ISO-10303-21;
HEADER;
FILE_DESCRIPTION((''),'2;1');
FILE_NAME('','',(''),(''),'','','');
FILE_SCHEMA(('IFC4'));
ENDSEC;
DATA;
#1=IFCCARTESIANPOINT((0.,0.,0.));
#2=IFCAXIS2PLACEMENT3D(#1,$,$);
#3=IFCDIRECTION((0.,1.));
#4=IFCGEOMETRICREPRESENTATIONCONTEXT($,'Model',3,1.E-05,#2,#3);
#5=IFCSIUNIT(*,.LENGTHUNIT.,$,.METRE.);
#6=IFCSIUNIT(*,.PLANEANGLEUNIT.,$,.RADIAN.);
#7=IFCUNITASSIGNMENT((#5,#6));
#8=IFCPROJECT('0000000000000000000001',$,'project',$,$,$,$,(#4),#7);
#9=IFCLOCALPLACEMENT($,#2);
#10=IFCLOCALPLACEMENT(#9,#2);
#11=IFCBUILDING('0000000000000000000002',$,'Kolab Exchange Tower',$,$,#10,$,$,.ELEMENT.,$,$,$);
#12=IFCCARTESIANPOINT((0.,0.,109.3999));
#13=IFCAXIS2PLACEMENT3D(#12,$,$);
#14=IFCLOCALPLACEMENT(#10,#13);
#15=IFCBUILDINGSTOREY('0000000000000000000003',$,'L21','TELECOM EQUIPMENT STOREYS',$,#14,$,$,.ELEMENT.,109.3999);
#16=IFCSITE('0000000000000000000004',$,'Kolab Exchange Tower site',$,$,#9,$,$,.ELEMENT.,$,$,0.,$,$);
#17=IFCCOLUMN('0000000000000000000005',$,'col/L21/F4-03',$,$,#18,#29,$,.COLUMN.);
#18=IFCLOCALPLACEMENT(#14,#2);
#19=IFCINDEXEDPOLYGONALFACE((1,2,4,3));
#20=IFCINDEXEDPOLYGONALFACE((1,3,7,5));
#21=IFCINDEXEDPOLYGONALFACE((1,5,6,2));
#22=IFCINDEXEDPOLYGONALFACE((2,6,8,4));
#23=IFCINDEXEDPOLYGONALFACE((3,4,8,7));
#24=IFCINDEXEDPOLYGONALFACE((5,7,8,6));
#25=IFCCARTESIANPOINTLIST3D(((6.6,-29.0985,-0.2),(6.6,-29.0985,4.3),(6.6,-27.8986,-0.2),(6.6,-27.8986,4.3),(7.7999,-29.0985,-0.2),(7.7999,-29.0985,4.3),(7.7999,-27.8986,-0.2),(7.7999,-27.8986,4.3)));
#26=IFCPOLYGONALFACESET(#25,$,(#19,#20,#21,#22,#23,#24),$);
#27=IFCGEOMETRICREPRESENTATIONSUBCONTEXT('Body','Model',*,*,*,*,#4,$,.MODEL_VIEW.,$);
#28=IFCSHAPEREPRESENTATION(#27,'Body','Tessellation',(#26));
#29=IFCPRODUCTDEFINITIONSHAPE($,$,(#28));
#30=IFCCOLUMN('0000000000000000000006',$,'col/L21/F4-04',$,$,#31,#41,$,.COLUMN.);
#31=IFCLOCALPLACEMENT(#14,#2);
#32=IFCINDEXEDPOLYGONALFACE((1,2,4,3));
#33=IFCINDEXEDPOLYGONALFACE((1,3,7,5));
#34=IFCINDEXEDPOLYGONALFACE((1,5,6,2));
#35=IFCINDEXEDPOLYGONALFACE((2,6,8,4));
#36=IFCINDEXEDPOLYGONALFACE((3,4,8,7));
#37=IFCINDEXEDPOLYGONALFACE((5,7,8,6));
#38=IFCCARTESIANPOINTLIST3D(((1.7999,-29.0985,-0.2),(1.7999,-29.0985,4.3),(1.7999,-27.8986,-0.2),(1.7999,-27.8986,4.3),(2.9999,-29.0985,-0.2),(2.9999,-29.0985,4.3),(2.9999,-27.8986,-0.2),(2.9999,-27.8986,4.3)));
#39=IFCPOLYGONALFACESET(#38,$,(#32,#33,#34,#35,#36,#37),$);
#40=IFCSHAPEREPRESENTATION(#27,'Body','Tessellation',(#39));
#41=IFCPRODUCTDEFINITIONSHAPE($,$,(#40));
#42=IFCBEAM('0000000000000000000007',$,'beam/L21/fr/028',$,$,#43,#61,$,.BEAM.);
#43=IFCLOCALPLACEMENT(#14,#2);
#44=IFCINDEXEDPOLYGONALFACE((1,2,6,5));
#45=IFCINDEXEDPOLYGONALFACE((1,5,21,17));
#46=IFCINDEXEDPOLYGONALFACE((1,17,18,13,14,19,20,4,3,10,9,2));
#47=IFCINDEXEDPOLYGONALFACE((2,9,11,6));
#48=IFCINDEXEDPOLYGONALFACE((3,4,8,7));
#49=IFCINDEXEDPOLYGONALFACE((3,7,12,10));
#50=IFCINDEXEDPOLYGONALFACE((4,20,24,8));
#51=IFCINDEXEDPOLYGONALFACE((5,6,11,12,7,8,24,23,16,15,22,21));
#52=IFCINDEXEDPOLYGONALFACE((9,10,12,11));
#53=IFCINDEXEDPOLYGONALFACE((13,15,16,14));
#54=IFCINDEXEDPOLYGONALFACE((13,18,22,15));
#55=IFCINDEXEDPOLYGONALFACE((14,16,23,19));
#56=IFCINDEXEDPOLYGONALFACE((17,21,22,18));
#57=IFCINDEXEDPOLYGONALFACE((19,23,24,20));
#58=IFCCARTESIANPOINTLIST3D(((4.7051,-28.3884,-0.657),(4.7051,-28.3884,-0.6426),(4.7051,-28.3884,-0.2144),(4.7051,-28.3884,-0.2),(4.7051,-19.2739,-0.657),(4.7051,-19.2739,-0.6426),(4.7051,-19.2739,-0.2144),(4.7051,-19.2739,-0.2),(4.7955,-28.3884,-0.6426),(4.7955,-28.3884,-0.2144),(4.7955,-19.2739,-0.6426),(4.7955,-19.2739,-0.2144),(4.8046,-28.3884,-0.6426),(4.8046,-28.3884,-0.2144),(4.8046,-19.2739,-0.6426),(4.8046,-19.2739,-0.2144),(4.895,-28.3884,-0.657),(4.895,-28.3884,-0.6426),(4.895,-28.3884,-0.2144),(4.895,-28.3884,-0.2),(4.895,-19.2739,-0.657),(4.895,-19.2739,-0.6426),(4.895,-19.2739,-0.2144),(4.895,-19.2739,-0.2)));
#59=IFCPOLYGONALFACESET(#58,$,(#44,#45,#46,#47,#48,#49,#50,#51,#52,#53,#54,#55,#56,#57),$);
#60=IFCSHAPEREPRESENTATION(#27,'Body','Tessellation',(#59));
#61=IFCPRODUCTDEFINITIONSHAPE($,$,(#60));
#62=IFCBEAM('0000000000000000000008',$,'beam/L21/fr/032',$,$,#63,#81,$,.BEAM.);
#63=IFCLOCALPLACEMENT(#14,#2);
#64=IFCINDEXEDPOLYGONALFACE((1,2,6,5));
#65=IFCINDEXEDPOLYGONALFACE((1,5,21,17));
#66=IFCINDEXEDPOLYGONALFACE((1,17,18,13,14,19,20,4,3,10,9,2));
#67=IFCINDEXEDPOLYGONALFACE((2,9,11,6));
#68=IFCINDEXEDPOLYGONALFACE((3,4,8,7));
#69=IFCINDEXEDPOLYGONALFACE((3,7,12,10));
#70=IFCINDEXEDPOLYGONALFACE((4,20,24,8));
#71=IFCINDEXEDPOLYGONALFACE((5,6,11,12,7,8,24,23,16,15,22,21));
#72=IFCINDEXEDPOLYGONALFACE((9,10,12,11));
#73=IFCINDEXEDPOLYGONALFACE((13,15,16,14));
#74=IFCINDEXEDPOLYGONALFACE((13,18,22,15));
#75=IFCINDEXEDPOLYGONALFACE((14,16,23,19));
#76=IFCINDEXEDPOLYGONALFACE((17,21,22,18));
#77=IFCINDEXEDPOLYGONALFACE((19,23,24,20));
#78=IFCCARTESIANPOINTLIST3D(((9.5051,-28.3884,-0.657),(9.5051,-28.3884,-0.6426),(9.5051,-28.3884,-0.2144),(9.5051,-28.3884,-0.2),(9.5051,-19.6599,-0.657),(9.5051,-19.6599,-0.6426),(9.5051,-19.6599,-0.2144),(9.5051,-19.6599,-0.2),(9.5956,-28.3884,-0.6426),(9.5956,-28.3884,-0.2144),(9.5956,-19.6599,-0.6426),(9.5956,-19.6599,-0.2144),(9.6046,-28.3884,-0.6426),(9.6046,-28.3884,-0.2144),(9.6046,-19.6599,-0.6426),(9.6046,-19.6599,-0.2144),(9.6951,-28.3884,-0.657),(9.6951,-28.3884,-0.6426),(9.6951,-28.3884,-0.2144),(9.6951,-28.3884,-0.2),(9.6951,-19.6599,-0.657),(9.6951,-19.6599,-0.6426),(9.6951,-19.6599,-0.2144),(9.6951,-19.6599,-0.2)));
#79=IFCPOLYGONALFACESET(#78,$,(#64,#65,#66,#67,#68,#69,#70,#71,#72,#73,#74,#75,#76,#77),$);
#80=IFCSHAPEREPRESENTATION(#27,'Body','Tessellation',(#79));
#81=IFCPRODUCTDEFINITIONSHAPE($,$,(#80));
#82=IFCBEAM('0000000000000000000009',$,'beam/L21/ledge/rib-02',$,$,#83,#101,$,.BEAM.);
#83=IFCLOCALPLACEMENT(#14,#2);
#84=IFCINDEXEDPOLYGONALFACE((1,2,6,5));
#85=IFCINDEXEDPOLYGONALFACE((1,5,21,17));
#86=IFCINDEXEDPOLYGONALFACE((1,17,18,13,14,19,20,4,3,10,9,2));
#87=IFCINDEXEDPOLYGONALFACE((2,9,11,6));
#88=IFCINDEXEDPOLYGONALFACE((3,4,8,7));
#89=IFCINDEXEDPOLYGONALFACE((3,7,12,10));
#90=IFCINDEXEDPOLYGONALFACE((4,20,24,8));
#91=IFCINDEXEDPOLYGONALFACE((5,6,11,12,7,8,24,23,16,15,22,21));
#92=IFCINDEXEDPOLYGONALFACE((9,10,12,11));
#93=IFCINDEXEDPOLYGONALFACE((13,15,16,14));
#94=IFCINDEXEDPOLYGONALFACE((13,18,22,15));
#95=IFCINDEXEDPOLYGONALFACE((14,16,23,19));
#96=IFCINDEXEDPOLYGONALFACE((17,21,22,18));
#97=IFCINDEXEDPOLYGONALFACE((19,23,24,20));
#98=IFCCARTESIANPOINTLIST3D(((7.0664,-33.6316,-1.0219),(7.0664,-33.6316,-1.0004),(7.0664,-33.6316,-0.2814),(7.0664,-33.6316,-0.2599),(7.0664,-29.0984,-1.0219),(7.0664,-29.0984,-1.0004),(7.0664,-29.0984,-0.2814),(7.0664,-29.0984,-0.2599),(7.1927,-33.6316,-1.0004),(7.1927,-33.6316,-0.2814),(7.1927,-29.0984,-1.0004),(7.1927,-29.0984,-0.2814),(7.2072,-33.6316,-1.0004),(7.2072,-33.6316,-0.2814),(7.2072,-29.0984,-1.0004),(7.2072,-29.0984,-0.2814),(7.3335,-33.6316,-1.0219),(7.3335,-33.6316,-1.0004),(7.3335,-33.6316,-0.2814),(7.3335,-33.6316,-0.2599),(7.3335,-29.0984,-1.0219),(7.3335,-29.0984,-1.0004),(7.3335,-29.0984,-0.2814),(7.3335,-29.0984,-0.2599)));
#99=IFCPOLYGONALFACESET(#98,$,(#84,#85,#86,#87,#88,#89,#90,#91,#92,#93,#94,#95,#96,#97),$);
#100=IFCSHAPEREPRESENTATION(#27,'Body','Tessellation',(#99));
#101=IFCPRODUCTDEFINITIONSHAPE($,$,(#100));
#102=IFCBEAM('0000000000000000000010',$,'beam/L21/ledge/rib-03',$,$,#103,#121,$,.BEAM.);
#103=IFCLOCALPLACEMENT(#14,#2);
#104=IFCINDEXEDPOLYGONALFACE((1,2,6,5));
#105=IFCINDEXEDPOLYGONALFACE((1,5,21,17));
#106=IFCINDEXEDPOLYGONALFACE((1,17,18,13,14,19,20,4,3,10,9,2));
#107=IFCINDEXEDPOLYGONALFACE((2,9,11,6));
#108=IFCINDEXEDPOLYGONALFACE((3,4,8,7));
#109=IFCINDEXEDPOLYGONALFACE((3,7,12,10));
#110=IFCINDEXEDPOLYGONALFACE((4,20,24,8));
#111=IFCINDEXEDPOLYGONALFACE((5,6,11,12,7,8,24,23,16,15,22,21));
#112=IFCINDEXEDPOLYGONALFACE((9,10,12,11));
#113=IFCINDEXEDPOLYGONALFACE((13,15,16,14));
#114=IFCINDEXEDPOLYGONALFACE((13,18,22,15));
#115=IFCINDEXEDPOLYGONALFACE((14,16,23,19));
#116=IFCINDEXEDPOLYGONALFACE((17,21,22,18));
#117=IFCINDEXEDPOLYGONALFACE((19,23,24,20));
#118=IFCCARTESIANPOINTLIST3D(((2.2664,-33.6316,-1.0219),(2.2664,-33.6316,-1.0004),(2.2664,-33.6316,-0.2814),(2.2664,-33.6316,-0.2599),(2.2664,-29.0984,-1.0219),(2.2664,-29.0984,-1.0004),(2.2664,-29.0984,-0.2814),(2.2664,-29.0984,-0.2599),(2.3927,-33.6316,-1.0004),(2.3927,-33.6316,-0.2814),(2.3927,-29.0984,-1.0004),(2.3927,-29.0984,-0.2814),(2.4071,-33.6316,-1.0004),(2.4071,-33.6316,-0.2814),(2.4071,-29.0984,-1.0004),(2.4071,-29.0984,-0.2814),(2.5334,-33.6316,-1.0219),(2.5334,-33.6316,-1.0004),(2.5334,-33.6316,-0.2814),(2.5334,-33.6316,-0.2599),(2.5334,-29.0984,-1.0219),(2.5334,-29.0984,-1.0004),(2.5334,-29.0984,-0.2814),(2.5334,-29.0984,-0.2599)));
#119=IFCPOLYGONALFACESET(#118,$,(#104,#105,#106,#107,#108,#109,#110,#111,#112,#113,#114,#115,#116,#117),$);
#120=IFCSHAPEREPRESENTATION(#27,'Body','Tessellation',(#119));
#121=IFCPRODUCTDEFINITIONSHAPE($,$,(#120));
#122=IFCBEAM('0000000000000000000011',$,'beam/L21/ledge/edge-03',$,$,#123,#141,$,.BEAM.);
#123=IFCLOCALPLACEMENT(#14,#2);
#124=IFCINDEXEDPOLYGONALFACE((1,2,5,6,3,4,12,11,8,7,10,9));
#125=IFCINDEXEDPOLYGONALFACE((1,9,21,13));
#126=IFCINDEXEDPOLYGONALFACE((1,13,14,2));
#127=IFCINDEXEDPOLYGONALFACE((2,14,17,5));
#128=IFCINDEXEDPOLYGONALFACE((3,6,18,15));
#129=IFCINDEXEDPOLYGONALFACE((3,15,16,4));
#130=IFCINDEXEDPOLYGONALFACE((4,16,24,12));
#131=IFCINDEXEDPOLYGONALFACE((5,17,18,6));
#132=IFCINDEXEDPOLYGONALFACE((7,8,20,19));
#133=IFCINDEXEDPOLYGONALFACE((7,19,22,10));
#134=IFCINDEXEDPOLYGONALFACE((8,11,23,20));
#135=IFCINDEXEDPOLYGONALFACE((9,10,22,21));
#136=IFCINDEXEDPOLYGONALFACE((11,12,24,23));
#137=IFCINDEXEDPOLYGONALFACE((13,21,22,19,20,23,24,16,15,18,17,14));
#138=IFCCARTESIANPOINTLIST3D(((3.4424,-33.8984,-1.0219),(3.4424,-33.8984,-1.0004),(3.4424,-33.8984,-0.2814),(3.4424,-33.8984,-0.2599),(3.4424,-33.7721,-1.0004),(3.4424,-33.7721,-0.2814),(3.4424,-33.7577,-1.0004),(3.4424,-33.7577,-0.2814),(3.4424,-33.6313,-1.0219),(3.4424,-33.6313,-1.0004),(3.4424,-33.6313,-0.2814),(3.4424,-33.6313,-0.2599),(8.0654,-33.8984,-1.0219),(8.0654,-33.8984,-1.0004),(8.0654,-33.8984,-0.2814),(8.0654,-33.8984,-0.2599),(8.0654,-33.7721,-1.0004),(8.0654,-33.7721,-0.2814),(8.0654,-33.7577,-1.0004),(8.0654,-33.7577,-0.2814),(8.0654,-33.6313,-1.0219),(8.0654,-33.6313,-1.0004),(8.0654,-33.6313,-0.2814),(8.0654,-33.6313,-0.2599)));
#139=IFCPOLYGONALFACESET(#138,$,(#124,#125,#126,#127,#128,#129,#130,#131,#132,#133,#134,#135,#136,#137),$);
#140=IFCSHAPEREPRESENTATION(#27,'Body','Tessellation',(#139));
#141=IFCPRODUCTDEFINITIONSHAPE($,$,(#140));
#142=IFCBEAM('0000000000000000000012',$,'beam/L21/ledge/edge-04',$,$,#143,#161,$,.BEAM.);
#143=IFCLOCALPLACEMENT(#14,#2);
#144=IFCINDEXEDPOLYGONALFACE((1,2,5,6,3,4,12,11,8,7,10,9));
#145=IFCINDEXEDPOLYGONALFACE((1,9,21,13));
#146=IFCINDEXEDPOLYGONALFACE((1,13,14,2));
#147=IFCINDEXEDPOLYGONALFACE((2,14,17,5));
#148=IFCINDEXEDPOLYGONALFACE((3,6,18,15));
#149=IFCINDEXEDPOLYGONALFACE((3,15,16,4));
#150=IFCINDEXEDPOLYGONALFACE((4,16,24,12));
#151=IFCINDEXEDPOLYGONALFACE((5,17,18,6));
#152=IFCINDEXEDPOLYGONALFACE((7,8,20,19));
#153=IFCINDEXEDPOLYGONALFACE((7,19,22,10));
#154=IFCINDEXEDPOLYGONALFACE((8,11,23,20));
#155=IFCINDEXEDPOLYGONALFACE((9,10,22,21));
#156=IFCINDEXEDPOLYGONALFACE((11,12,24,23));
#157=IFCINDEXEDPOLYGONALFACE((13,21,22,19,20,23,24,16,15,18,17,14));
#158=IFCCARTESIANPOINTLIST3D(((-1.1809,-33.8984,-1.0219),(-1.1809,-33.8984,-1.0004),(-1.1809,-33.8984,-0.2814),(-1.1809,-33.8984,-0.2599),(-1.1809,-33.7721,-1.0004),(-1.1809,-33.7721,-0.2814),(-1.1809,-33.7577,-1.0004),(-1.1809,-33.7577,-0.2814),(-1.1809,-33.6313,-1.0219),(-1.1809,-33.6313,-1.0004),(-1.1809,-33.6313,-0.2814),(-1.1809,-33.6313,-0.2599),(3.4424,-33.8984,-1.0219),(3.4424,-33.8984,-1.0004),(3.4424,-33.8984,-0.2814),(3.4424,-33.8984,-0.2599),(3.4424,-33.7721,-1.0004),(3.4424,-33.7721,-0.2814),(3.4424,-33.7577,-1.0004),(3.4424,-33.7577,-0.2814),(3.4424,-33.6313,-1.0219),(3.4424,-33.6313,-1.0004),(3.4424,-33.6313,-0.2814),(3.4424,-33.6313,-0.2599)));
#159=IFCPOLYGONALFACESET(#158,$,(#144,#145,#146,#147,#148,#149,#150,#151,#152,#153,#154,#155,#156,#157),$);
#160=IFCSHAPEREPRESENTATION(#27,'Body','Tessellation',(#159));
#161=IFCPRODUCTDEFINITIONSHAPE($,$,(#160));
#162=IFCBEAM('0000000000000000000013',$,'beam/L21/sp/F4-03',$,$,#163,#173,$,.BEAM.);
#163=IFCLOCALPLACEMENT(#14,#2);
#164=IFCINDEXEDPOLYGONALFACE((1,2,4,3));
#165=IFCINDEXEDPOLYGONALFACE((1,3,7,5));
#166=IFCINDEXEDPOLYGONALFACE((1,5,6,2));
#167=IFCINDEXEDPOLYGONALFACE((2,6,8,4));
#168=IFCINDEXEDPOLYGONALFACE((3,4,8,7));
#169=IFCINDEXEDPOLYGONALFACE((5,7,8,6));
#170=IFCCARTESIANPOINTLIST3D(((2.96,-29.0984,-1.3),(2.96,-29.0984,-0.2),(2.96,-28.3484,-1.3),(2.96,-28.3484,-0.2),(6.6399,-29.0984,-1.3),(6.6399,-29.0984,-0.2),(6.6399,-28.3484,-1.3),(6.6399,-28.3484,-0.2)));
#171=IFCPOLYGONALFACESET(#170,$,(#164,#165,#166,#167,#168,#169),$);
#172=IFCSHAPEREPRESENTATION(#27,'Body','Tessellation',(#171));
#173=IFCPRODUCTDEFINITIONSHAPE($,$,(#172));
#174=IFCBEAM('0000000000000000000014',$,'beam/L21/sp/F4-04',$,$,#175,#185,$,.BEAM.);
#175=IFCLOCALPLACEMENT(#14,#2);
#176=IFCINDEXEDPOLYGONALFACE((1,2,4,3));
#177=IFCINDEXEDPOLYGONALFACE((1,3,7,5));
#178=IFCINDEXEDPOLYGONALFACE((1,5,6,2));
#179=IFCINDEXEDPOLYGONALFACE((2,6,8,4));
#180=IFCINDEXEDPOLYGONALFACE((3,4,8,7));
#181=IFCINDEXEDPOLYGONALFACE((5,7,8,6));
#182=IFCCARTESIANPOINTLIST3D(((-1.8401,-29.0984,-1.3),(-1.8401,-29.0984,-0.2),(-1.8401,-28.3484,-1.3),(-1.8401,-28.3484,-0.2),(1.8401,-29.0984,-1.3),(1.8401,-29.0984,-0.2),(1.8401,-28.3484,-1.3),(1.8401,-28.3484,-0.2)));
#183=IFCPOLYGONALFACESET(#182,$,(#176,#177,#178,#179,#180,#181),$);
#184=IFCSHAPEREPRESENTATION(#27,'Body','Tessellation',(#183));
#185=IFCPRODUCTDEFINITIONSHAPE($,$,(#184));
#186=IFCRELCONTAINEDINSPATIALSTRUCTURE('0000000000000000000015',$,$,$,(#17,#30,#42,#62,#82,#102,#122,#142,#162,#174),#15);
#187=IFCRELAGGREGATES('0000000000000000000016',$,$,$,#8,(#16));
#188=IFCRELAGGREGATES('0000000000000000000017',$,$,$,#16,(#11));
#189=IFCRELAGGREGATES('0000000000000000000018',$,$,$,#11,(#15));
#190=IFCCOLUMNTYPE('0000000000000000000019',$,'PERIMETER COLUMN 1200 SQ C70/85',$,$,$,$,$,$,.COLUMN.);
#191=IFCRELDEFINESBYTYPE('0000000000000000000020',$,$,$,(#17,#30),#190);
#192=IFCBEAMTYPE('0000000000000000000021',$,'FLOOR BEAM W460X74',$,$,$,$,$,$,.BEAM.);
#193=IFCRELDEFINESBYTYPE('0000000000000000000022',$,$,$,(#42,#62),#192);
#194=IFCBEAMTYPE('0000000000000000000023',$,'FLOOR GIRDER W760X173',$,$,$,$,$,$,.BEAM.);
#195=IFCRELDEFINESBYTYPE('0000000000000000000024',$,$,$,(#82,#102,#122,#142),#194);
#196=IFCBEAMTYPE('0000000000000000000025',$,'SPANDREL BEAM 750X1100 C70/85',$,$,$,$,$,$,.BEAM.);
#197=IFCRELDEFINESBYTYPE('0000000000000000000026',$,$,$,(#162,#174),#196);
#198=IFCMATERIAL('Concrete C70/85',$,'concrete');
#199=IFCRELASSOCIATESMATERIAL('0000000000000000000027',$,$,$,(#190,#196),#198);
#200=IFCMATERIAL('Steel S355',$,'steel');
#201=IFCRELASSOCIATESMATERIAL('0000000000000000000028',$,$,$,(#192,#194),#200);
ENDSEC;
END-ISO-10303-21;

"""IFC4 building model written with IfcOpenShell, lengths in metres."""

from ifc_helpers import new_model, si_unit, direction, frame, origin, origin_2d, place, context, subcontext, project, spatial, rectangle, i_section, extrude, material, material_profile, profile_set, type_object, element, save


model = new_model("IFC4")

# Units and contexts
model_context = context("Model", 3, precision=1e-05, world=origin(), true_north=direction((0.0, 1.0)))
body_context = subcontext(model_context, "Body", "Model", "MODEL_VIEW")
ifc_project = project(units=[si_unit("LENGTHUNIT", "METRE"), si_unit("PLANEANGLEUNIT", "RADIAN")], contexts=[model_context])

# Site, building, storey
site_placement = place(None, origin())
site = spatial("IfcSite", under=ifc_project, at=site_placement, Name="Kolab Exchange Tower site", CompositionType="ELEMENT", RefElevation=0.0)
building_placement = place(site_placement, origin())
building = spatial("IfcBuilding", under=site, at=building_placement, Name="Kolab Exchange Tower", CompositionType="ELEMENT")
storey_placement = place(building_placement, frame((0.0, 0.0, 109.3999)))
storey = spatial("IfcBuildingStorey", under=building, at=storey_placement, Name="L21", Description="TELECOM EQUIPMENT STOREYS", CompositionType="ELEMENT", Elevation=109.3999)

# Columns
ifc_material_1 = material(Name="Concrete C70/85", Category="concrete")
ifc_material_profile_1 = material_profile(ifc_material_1, rectangle(XDim=1.2, YDim=1.2, at=origin_2d()), Name="RC1200")
ifc_profile_set_1 = profile_set([ifc_material_profile_1], Name="Concrete C70/85")
column_type = type_object("IfcColumnType", Name="PERIMETER COLUMN 1200 SQ C70/85", PredefinedType="COLUMN", material=ifc_profile_set_1)
for number, where, z_axis, x_axis, name in (
    (1, (7.2, -28.4985, -0.2), (0.0, 0.0, 1.0), (1.0, 0.0, 0.0), "col/L21/F4-03"),
    (2, (2.3999, -28.4985, -0.2), (0.0, 0.0, 1.0), (1.0, 0.0, 0.0), "col/L21/F4-04"),
):
    element("IfcColumn", number, at=place(storey_placement, frame(where, z_axis=z_axis, x_axis=x_axis)), inside=storey, type_object=column_type, Name=name, PredefinedType="COLUMN", context=body_context, shape_type="SweptSolid", body=[
        extrude(rectangle(XDim=1.2, YDim=1.2, at=origin_2d()), origin(), (0.0, 0.0, 1.0), 4.5),
    ])

# Beams
ifc_material_2 = material(Name="Steel S355", Category="steel")
ifc_material_profile_2 = material_profile(ifc_material_2, i_section(OverallWidth=0.1899, OverallDepth=0.457, WebThickness=0.009, FlangeThickness=0.0144, at=origin_2d()), Name="W460X74")
ifc_profile_set_2 = profile_set([ifc_material_profile_2], Name="Steel S355")
beam_type_1 = type_object("IfcBeamType", Name="FLOOR BEAM W460X74", PredefinedType="BEAM", material=ifc_profile_set_2)
beam_1_placement = place(storey_placement, frame((4.8, -28.3884, -0.4285), z_axis=(0.0, 1.0, 0.0), x_axis=(-1.0, 0.0, 0.0)))
element("IfcBeam", 3, at=beam_1_placement, inside=storey, type_object=beam_type_1, Name="beam/L21/fr/028", PredefinedType="BEAM", context=body_context, shape_type="SweptSolid", body=[
    extrude(i_section(OverallWidth=0.1899, OverallDepth=0.457, WebThickness=0.009, FlangeThickness=0.0144, at=origin_2d()), origin(), (0.0, 0.0, 1.0), 9.1145),
])
beam_2_placement = place(storey_placement, frame((9.6001, -28.3884, -0.4285), z_axis=(0.0, 1.0, 0.0), x_axis=(-1.0, 0.0, 0.0)))
element("IfcBeam", 4, at=beam_2_placement, inside=storey, type_object=beam_type_1, Name="beam/L21/fr/032", PredefinedType="BEAM", context=body_context, shape_type="SweptSolid", body=[
    extrude(i_section(OverallWidth=0.1899, OverallDepth=0.457, WebThickness=0.009, FlangeThickness=0.0144, at=origin_2d()), origin(), (0.0, 0.0, 1.0), 8.7285),
])
ifc_material_profile_3 = material_profile(ifc_material_2, i_section(OverallWidth=0.2671, OverallDepth=0.762, WebThickness=0.0144, FlangeThickness=0.0215, at=origin_2d()), Name="W760X173")
ifc_profile_set_3 = profile_set([ifc_material_profile_3], Name="Steel S355")
beam_type_2 = type_object("IfcBeamType", Name="FLOOR GIRDER W760X173", PredefinedType="BEAM", material=ifc_profile_set_3)
for number, where, z_axis, x_axis, name in (
    (5, (7.2, -29.0984, -0.6409), (0.0, -1.0, 0.0), (1.0, 0.0, 0.0), "beam/L21/ledge/rib-02"),
    (6, (2.3999, -29.0984, -0.6409), (0.0, -1.0, 0.0), (1.0, 0.0, 0.0), "beam/L21/ledge/rib-03"),
):
    element("IfcBeam", number, at=place(storey_placement, frame(where, z_axis=z_axis, x_axis=x_axis)), inside=storey, type_object=beam_type_2, Name=name, PredefinedType="BEAM", context=body_context, shape_type="SweptSolid", body=[
        extrude(i_section(OverallWidth=0.2671, OverallDepth=0.762, WebThickness=0.0144, FlangeThickness=0.0215, at=origin_2d()), origin(), (0.0, 0.0, 1.0), 4.5332),
    ])
beam_3_placement = place(storey_placement, frame((8.0654, -33.7649, -0.6409), z_axis=(-1.0, 0.0, 0.0), x_axis=(0.0, -1.0, 0.0)))
element("IfcBeam", 7, at=beam_3_placement, inside=storey, type_object=beam_type_2, Name="beam/L21/ledge/edge-03", PredefinedType="BEAM", context=body_context, shape_type="SweptSolid", body=[
    extrude(i_section(OverallWidth=0.2671, OverallDepth=0.762, WebThickness=0.0144, FlangeThickness=0.0215, at=origin_2d()), origin(), (0.0, 0.0, 1.0), 4.623),
])
beam_4_placement = place(storey_placement, frame((3.4424, -33.7649, -0.6409), z_axis=(-1.0, 0.0, 0.0), x_axis=(0.0, -1.0, 0.0)))
element("IfcBeam", 8, at=beam_4_placement, inside=storey, type_object=beam_type_2, Name="beam/L21/ledge/edge-04", PredefinedType="BEAM", context=body_context, shape_type="SweptSolid", body=[
    extrude(i_section(OverallWidth=0.2671, OverallDepth=0.762, WebThickness=0.0144, FlangeThickness=0.0215, at=origin_2d()), origin(), (0.0, 0.0, 1.0), 4.6233),
])
ifc_material_profile_4 = material_profile(ifc_material_1, rectangle(XDim=0.75, YDim=1.1001, at=origin_2d()), Name="RC750X1100")
ifc_profile_set_4 = profile_set([ifc_material_profile_4], Name="Concrete C70/85")
beam_type_3 = type_object("IfcBeamType", Name="SPANDREL BEAM 750X1100 C70/85", PredefinedType="BEAM", material=ifc_profile_set_4)
beam_5_placement = place(storey_placement, frame((6.6399, -28.7234, -0.75), z_axis=(-1.0, 0.0, 0.0), x_axis=(0.0, -1.0, 0.0)))
element("IfcBeam", 9, at=beam_5_placement, inside=storey, type_object=beam_type_3, Name="beam/L21/sp/F4-03", PredefinedType="BEAM", context=body_context, shape_type="SweptSolid", body=[
    extrude(rectangle(XDim=0.75, YDim=1.1001, at=origin_2d()), origin(), (0.0, 0.0, 1.0), 3.6799),
])
beam_6_placement = place(storey_placement, frame((1.8401, -28.7234, -0.75), z_axis=(-1.0, 0.0, 0.0), x_axis=(0.0, -1.0, 0.0)))
element("IfcBeam", 10, at=beam_6_placement, inside=storey, type_object=beam_type_3, Name="beam/L21/sp/F4-04", PredefinedType="BEAM", context=body_context, shape_type="SweptSolid", body=[
    extrude(rectangle(XDim=0.75, YDim=1.1001, at=origin_2d()), origin(), (0.0, 0.0, 1.0), 3.6802),
])

save(model, "model.ifc")
